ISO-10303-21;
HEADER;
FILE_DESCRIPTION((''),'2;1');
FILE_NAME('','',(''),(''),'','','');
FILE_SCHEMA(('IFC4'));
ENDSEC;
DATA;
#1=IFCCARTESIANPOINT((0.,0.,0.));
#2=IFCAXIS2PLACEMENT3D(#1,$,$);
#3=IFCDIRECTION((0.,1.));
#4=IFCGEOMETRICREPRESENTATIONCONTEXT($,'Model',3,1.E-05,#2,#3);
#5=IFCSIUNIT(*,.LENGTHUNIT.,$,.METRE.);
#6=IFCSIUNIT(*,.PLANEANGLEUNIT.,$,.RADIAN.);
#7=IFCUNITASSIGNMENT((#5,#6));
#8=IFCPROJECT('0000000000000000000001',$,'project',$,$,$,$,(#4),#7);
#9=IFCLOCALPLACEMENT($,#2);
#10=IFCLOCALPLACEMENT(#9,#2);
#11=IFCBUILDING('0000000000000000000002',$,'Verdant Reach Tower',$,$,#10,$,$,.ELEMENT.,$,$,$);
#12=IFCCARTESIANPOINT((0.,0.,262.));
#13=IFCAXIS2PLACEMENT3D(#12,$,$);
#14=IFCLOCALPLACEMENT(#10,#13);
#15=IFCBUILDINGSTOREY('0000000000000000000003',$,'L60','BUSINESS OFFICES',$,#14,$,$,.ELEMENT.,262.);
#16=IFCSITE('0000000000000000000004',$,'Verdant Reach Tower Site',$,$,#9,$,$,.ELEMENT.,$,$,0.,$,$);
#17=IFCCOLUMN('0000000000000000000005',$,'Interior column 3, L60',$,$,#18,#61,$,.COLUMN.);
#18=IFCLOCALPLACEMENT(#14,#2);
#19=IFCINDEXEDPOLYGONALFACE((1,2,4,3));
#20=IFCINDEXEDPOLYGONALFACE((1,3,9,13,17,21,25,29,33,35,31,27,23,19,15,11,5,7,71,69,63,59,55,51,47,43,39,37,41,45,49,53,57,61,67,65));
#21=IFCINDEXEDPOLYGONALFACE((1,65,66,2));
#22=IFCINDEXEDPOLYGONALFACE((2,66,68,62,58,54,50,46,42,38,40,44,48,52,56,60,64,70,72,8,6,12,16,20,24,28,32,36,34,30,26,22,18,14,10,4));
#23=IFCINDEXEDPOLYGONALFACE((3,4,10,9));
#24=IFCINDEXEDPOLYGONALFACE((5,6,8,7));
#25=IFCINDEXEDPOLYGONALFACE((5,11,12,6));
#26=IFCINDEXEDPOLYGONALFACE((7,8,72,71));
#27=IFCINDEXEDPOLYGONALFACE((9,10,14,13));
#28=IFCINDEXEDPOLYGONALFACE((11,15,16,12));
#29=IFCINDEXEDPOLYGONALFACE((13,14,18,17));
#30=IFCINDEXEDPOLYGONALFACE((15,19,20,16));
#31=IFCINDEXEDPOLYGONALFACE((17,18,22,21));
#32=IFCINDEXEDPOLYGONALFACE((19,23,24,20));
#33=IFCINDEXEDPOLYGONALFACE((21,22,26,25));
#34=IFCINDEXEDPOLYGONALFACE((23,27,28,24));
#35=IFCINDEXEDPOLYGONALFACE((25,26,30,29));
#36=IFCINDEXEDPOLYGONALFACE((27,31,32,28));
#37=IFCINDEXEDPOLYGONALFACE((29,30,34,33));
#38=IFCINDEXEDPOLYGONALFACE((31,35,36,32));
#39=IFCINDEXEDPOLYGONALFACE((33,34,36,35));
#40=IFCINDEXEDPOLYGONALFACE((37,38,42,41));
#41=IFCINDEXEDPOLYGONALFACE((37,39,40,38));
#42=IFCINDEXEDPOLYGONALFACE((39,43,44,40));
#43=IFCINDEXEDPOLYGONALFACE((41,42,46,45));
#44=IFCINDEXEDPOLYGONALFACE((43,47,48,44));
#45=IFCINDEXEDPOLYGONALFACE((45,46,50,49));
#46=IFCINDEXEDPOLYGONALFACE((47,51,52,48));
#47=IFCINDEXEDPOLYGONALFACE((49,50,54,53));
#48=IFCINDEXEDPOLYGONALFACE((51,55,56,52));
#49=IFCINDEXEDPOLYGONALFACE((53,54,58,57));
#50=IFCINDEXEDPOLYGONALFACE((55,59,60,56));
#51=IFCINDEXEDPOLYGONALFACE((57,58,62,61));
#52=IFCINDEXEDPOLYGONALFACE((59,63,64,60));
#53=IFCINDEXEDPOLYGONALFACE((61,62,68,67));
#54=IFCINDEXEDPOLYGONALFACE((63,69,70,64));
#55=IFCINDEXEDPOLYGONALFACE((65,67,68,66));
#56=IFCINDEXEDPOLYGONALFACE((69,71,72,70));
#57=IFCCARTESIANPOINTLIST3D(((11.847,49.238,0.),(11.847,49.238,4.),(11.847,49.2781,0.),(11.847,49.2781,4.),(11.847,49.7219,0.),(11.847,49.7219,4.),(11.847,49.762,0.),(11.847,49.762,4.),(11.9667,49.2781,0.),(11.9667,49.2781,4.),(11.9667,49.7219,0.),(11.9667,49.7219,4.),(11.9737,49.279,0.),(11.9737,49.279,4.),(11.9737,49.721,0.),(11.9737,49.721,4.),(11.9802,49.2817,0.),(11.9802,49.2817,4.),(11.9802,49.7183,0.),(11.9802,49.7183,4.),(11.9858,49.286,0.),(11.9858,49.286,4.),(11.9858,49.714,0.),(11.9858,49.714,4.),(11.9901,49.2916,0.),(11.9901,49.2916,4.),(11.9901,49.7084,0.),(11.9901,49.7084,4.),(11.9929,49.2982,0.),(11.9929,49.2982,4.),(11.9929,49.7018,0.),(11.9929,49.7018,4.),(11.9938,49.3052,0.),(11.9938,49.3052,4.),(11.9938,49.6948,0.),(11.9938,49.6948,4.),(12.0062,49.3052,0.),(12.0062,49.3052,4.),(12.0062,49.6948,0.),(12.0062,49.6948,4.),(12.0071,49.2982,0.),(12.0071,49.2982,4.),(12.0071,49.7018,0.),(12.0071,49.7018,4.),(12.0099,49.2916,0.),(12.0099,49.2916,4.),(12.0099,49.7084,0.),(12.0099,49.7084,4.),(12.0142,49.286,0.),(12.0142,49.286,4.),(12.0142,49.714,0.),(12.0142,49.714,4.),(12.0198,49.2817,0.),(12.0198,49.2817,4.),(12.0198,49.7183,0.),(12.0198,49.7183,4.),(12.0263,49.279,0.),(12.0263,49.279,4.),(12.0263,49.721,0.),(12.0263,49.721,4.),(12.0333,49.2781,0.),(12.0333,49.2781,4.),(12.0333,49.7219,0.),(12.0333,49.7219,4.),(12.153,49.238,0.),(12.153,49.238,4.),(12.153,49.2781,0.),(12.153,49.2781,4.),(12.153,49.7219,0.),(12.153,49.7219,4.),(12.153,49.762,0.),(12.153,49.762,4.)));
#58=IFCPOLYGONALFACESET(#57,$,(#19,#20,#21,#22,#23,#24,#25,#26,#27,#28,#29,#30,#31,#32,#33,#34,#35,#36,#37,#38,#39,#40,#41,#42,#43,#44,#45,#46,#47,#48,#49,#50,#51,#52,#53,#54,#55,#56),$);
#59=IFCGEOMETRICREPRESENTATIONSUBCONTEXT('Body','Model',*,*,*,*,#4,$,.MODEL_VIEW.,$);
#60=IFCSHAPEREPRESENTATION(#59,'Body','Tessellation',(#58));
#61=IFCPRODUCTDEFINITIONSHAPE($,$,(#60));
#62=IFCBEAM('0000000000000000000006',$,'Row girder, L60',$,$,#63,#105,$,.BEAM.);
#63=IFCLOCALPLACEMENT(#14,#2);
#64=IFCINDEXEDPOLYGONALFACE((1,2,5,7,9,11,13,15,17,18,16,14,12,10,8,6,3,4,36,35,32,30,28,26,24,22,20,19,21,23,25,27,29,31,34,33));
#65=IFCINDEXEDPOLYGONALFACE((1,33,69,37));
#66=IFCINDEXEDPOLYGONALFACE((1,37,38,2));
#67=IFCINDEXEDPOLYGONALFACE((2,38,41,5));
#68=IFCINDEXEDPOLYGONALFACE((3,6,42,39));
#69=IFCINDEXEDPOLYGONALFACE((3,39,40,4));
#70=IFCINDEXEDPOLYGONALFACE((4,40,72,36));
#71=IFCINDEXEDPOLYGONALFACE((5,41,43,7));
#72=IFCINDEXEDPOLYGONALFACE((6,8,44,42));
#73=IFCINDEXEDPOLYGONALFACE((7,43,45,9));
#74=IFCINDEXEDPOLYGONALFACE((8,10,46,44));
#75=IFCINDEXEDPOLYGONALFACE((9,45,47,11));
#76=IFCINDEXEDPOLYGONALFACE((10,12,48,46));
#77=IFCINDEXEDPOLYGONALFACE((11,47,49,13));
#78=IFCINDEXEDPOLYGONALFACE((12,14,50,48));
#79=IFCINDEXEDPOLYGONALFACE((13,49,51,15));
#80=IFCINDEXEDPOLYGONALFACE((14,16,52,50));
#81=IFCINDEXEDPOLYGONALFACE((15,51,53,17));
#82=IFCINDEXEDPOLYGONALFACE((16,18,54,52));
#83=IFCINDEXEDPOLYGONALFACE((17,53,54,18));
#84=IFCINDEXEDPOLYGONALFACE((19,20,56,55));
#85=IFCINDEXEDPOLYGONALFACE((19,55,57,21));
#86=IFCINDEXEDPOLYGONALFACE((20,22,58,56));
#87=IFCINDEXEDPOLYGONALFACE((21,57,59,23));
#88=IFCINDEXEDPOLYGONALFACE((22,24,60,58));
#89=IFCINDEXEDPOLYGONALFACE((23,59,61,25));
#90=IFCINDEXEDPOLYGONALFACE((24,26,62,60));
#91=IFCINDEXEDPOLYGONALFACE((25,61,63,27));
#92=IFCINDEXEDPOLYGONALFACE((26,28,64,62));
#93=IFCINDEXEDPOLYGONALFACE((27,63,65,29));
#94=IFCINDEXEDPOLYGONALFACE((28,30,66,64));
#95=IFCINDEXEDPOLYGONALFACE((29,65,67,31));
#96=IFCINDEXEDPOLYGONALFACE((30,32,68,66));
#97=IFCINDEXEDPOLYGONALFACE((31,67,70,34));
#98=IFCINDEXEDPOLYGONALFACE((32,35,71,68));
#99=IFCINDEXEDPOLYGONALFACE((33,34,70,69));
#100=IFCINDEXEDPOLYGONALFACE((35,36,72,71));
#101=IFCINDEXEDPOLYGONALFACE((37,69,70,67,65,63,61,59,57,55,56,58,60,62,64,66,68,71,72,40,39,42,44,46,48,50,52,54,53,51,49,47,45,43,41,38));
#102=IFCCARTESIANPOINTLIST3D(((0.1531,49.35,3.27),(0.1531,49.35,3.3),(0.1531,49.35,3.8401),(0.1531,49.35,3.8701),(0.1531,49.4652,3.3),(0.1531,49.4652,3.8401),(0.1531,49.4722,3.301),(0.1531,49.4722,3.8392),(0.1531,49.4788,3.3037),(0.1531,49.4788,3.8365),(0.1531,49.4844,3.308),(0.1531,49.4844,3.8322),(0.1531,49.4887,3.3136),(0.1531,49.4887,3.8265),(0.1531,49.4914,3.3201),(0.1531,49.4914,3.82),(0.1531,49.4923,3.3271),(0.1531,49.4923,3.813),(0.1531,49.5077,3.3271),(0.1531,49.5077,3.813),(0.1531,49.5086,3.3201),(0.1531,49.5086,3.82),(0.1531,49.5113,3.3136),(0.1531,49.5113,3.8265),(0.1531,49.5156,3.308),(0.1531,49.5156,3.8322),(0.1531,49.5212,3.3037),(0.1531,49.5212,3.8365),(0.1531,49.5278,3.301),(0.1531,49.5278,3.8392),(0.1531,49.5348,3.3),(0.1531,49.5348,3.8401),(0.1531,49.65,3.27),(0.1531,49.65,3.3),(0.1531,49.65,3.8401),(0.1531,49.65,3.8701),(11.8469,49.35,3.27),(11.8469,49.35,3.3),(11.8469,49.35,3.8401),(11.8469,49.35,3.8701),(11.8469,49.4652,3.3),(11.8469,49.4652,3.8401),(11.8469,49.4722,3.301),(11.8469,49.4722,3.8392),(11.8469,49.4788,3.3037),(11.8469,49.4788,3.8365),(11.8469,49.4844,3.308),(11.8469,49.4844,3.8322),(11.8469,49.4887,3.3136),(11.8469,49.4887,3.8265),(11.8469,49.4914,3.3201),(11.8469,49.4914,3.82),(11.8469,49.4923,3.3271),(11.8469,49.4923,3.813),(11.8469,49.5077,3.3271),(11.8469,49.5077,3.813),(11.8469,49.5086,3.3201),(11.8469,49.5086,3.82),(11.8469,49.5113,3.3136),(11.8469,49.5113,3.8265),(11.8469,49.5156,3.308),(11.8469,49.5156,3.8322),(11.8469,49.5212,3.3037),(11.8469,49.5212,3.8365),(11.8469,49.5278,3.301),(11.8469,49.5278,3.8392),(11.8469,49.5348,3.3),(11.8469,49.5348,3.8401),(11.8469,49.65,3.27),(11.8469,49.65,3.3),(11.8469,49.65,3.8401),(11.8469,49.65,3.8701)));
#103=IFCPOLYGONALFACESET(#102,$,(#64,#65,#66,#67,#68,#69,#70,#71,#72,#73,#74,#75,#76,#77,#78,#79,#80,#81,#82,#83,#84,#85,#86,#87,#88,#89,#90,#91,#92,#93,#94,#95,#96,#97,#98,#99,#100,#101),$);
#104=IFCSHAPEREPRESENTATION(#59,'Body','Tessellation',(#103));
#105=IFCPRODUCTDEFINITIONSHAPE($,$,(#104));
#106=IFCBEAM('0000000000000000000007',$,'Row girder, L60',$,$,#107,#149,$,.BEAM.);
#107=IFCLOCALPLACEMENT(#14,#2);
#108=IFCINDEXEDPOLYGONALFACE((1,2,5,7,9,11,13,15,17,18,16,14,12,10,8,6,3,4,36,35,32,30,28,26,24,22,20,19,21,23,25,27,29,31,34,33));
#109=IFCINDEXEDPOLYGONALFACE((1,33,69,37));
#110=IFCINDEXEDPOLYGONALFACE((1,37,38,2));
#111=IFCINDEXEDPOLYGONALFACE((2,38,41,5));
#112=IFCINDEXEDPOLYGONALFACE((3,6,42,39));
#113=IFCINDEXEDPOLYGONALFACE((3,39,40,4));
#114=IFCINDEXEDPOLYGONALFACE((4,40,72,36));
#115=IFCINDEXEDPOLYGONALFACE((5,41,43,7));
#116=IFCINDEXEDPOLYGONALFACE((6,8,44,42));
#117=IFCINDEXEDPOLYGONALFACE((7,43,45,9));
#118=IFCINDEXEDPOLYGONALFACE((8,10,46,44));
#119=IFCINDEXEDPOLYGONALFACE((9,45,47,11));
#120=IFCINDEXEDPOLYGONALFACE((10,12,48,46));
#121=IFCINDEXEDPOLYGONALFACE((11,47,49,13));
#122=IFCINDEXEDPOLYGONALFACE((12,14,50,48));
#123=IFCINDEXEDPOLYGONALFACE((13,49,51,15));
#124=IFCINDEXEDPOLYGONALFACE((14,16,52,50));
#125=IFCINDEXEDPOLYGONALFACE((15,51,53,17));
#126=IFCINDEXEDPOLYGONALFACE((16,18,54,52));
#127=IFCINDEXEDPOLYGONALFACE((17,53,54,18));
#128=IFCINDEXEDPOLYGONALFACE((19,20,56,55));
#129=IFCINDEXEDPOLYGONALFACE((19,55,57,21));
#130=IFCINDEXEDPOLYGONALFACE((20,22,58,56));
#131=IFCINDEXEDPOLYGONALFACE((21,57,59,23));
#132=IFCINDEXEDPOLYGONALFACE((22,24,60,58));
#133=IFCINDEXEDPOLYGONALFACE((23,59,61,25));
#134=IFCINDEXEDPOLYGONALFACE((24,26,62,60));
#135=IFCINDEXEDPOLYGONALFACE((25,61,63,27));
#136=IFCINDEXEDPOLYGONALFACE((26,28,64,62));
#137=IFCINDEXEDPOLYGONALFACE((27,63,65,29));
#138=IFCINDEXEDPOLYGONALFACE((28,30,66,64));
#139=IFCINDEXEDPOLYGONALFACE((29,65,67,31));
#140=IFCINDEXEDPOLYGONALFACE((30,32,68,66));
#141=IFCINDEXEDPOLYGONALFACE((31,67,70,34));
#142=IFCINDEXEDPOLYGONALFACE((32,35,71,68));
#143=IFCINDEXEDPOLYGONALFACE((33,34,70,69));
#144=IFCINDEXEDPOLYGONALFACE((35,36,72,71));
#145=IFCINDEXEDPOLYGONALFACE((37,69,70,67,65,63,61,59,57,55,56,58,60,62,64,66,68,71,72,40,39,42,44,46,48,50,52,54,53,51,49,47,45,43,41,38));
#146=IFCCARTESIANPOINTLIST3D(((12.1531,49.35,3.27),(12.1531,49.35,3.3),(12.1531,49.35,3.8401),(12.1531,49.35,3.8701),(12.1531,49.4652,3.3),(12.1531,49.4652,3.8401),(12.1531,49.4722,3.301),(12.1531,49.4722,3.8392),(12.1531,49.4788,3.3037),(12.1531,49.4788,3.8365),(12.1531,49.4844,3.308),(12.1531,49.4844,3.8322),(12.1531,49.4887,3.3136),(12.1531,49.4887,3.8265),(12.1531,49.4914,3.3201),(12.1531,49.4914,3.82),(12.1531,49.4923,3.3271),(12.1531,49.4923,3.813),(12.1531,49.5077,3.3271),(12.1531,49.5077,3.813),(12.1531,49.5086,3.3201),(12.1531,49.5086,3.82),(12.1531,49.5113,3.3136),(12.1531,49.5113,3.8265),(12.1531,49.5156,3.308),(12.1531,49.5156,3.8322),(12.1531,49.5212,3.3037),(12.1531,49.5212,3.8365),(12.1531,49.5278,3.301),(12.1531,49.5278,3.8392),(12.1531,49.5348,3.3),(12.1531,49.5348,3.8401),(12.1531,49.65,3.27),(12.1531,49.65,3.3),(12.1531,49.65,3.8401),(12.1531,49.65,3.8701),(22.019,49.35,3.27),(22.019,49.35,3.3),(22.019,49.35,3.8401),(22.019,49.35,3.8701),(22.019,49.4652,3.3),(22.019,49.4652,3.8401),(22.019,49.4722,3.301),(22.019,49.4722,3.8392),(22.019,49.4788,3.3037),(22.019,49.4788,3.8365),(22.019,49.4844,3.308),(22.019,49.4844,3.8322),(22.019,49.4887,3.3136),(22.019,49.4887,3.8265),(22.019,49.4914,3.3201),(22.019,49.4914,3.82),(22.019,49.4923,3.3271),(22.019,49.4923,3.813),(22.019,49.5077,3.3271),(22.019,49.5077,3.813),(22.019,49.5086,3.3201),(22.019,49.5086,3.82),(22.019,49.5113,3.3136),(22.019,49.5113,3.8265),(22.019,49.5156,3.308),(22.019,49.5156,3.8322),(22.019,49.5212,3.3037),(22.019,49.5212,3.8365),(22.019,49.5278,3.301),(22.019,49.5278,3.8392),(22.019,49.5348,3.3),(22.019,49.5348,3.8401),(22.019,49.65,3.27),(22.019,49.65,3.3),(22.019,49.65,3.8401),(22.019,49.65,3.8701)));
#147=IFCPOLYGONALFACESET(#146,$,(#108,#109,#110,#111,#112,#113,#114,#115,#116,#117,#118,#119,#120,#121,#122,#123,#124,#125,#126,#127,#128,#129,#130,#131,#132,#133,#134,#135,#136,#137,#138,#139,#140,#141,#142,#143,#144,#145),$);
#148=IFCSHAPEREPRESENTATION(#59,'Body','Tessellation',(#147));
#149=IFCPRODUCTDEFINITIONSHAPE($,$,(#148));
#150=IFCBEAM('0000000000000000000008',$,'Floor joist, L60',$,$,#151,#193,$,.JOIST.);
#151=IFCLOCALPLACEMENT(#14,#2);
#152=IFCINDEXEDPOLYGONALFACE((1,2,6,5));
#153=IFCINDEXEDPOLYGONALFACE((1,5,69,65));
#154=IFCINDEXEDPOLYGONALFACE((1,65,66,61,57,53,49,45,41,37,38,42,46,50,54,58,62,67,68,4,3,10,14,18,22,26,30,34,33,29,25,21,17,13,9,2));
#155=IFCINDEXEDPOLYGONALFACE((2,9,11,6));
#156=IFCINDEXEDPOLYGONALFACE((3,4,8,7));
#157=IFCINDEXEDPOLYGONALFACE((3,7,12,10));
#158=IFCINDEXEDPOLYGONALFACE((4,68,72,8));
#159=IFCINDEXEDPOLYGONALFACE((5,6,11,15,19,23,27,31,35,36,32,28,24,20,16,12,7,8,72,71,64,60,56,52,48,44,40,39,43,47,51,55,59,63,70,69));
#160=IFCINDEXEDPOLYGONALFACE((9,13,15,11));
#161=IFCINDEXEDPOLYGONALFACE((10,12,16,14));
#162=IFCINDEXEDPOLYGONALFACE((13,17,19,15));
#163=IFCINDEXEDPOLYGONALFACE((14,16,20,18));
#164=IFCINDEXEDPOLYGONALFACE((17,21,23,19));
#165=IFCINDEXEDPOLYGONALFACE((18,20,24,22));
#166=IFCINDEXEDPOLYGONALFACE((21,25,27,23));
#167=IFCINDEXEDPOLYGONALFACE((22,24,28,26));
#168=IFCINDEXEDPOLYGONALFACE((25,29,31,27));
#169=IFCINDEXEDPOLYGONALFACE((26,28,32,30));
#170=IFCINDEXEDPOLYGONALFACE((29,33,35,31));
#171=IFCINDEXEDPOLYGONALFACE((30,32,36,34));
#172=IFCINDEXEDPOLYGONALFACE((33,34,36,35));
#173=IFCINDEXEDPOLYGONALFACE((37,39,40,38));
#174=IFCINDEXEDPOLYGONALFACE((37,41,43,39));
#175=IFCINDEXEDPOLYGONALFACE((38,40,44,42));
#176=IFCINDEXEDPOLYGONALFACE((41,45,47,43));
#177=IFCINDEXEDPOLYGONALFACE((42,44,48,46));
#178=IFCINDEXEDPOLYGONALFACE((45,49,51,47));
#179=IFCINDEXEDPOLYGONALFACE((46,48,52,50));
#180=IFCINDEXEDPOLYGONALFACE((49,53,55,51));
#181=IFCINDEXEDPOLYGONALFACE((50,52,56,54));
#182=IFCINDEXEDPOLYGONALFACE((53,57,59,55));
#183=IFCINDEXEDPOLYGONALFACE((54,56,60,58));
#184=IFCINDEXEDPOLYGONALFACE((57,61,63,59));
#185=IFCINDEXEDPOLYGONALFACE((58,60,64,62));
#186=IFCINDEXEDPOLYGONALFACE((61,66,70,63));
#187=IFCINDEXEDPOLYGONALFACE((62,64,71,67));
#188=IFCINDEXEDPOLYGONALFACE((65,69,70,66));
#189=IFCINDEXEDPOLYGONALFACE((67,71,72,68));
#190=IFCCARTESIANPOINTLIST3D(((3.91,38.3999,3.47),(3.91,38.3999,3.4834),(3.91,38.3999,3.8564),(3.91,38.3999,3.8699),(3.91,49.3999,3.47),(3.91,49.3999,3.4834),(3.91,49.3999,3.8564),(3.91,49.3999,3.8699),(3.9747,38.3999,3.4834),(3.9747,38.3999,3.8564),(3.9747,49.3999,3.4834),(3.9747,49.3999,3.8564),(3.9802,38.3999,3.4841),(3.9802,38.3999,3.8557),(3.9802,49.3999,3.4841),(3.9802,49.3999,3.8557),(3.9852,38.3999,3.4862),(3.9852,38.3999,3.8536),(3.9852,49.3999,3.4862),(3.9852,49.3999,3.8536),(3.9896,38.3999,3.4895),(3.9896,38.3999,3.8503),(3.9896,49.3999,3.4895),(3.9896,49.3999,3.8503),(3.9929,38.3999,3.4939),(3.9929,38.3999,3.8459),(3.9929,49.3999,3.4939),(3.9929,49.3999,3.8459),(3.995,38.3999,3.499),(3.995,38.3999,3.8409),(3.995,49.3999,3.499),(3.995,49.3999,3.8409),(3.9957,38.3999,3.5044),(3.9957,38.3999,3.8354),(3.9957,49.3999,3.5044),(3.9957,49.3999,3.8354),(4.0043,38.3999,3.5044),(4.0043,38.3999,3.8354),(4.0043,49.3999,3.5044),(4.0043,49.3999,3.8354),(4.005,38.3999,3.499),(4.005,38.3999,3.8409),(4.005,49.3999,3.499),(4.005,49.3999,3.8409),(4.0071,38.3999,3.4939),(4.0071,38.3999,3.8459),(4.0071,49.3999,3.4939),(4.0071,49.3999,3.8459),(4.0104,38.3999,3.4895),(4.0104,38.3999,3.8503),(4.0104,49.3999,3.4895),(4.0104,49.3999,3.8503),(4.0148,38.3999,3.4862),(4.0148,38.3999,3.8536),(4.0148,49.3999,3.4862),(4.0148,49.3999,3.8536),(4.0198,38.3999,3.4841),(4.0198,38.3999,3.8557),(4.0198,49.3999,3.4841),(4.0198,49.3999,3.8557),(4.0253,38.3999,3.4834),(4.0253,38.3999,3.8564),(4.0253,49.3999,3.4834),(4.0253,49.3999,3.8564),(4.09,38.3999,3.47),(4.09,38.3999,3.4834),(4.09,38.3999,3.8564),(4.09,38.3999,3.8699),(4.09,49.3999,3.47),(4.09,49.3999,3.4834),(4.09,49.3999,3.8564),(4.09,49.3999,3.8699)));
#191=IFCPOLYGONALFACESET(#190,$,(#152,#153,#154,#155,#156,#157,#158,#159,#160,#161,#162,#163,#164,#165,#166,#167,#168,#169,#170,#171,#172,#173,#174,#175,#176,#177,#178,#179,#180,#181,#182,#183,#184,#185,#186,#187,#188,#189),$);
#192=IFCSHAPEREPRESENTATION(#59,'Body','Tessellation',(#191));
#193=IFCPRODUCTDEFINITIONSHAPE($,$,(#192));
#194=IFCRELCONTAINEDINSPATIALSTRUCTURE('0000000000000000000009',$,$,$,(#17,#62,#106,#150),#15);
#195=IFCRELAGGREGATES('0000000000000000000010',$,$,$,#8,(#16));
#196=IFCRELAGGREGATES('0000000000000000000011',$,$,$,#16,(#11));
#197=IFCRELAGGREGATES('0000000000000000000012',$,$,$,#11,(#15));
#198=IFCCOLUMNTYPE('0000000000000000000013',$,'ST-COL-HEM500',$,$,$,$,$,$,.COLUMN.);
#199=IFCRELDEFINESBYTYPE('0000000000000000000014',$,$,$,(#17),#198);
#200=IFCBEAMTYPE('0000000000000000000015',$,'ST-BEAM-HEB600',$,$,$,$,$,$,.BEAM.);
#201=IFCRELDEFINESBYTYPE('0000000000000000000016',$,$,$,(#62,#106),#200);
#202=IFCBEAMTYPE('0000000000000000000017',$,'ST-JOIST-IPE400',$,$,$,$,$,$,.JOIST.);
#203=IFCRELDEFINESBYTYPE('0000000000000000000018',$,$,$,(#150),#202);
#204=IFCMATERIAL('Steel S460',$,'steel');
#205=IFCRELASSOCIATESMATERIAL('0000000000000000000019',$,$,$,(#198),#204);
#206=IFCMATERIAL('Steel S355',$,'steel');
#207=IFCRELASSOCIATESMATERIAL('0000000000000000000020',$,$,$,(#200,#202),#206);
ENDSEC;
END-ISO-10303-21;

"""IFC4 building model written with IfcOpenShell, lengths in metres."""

from ifc_helpers import new_model, si_unit, direction, frame, origin, origin_2d, place, context, subcontext, project, spatial, i_section, extrude, material, material_profile, profile_set, type_object, element, save


model = new_model("IFC4")

# Units and contexts
model_context = context("Model", 3, precision=1e-05, world=origin(), true_north=direction((0.0, 1.0)))
body_context = subcontext(model_context, "Body", "Model", "MODEL_VIEW")
ifc_project = project(units=[si_unit("LENGTHUNIT", "METRE"), si_unit("PLANEANGLEUNIT", "RADIAN")], contexts=[model_context])

# Site, building, storey
site_placement = place(None, origin())
site = spatial("IfcSite", under=ifc_project, at=site_placement, Name="Verdant Reach Tower Site", CompositionType="ELEMENT", RefElevation=0.0)
building_placement = place(site_placement, origin())
building = spatial("IfcBuilding", under=site, at=building_placement, Name="Verdant Reach Tower", CompositionType="ELEMENT")
storey_placement = place(building_placement, frame((0.0, 0.0, 262.0)))
storey = spatial("IfcBuildingStorey", under=building, at=storey_placement, Name="L60", Description="BUSINESS OFFICES", CompositionType="ELEMENT", Elevation=262.0)

# Column
ifc_material_1 = material(Name="Steel S460", Category="steel")
ifc_material_profile_1 = material_profile(ifc_material_1, i_section(OverallWidth=0.3059, OverallDepth=0.5239, WebThickness=0.0125, FlangeThickness=0.04, FilletRadius=0.0271, at=origin_2d()), Name="HEM 500")
ifc_profile_set_1 = profile_set([ifc_material_profile_1], Name="Steel S460")
column_type = type_object("IfcColumnType", Name="ST-COL-HEM500", PredefinedType="COLUMN", material=ifc_profile_set_1)
column_placement = place(storey_placement, frame((12.0, 49.5, 0.0), z_axis=(0.0, 0.0, 1.0), x_axis=(1.0, 0.0, 0.0)))
element("IfcColumn", 1, at=column_placement, inside=storey, type_object=column_type, Name="Interior column 3, L60", PredefinedType="COLUMN", context=body_context, shape_type="SweptSolid", body=[
    extrude(i_section(OverallWidth=0.3059, OverallDepth=0.5239, WebThickness=0.0125, FlangeThickness=0.04, FilletRadius=0.0271, at=origin_2d()), origin(), (0.0, 0.0, 1.0), 4.0),
])

# Beams
ifc_material_2 = material(Name="Steel S355", Category="steel")
ifc_material_profile_2 = material_profile(ifc_material_2, i_section(OverallWidth=0.3, OverallDepth=0.6001, WebThickness=0.0154, FlangeThickness=0.03, FilletRadius=0.0271, at=origin_2d()), Name="HEB 600")
ifc_profile_set_2 = profile_set([ifc_material_profile_2], Name="Steel S355")
beam_type_1 = type_object("IfcBeamType", Name="ST-BEAM-HEB600", PredefinedType="BEAM", material=ifc_profile_set_2)
beam_1_placement = place(storey_placement, frame((0.1531, 49.5, 3.5701), z_axis=(1.0, 0.0, 0.0), x_axis=(0.0, 1.0, 0.0)))
element("IfcBeam", 2, at=beam_1_placement, inside=storey, type_object=beam_type_1, Name="Row girder, L60", PredefinedType="BEAM", context=body_context, shape_type="SweptSolid", body=[
    extrude(i_section(OverallWidth=0.3, OverallDepth=0.6001, WebThickness=0.0154, FlangeThickness=0.03, FilletRadius=0.0271, at=origin_2d()), origin(), (0.0, 0.0, 1.0), 11.6938),
])
beam_2_placement = place(storey_placement, frame((12.1531, 49.5, 3.5701), z_axis=(1.0, 0.0, 0.0), x_axis=(0.0, 1.0, 0.0)))
element("IfcBeam", 3, at=beam_2_placement, inside=storey, type_object=beam_type_1, Name="Row girder, L60", PredefinedType="BEAM", context=body_context, shape_type="SweptSolid", body=[
    extrude(i_section(OverallWidth=0.3, OverallDepth=0.6001, WebThickness=0.0154, FlangeThickness=0.03, FilletRadius=0.0271, at=origin_2d()), origin(), (0.0, 0.0, 1.0), 9.866),
])
ifc_material_profile_3 = material_profile(ifc_material_2, i_section(OverallWidth=0.1799, OverallDepth=0.3999, WebThickness=0.0085, FlangeThickness=0.0134, FilletRadius=0.021, at=origin_2d()), Name="IPE 400")
ifc_profile_set_3 = profile_set([ifc_material_profile_3], Name="Steel S355")
beam_type_2 = type_object("IfcBeamType", Name="ST-JOIST-IPE400", PredefinedType="JOIST", material=ifc_profile_set_3)
for number, where, z_axis, x_axis, name in (
    (4, (4.0, 38.3999, 3.6699), (0.0, 1.0, 0.0), (-1.0, 0.0, 0.0), "Floor joist, L60"),
):
    element("IfcBeam", number, at=place(storey_placement, frame(where, z_axis=z_axis, x_axis=x_axis)), inside=storey, type_object=beam_type_2, Name=name, PredefinedType="JOIST", context=body_context, shape_type="SweptSolid", body=[
        extrude(i_section(OverallWidth=0.1799, OverallDepth=0.3999, WebThickness=0.0085, FlangeThickness=0.0134, FilletRadius=0.021, at=origin_2d()), origin(), (0.0, 0.0, 1.0), 11.0),
    ])

save(model, "model.ifc")
